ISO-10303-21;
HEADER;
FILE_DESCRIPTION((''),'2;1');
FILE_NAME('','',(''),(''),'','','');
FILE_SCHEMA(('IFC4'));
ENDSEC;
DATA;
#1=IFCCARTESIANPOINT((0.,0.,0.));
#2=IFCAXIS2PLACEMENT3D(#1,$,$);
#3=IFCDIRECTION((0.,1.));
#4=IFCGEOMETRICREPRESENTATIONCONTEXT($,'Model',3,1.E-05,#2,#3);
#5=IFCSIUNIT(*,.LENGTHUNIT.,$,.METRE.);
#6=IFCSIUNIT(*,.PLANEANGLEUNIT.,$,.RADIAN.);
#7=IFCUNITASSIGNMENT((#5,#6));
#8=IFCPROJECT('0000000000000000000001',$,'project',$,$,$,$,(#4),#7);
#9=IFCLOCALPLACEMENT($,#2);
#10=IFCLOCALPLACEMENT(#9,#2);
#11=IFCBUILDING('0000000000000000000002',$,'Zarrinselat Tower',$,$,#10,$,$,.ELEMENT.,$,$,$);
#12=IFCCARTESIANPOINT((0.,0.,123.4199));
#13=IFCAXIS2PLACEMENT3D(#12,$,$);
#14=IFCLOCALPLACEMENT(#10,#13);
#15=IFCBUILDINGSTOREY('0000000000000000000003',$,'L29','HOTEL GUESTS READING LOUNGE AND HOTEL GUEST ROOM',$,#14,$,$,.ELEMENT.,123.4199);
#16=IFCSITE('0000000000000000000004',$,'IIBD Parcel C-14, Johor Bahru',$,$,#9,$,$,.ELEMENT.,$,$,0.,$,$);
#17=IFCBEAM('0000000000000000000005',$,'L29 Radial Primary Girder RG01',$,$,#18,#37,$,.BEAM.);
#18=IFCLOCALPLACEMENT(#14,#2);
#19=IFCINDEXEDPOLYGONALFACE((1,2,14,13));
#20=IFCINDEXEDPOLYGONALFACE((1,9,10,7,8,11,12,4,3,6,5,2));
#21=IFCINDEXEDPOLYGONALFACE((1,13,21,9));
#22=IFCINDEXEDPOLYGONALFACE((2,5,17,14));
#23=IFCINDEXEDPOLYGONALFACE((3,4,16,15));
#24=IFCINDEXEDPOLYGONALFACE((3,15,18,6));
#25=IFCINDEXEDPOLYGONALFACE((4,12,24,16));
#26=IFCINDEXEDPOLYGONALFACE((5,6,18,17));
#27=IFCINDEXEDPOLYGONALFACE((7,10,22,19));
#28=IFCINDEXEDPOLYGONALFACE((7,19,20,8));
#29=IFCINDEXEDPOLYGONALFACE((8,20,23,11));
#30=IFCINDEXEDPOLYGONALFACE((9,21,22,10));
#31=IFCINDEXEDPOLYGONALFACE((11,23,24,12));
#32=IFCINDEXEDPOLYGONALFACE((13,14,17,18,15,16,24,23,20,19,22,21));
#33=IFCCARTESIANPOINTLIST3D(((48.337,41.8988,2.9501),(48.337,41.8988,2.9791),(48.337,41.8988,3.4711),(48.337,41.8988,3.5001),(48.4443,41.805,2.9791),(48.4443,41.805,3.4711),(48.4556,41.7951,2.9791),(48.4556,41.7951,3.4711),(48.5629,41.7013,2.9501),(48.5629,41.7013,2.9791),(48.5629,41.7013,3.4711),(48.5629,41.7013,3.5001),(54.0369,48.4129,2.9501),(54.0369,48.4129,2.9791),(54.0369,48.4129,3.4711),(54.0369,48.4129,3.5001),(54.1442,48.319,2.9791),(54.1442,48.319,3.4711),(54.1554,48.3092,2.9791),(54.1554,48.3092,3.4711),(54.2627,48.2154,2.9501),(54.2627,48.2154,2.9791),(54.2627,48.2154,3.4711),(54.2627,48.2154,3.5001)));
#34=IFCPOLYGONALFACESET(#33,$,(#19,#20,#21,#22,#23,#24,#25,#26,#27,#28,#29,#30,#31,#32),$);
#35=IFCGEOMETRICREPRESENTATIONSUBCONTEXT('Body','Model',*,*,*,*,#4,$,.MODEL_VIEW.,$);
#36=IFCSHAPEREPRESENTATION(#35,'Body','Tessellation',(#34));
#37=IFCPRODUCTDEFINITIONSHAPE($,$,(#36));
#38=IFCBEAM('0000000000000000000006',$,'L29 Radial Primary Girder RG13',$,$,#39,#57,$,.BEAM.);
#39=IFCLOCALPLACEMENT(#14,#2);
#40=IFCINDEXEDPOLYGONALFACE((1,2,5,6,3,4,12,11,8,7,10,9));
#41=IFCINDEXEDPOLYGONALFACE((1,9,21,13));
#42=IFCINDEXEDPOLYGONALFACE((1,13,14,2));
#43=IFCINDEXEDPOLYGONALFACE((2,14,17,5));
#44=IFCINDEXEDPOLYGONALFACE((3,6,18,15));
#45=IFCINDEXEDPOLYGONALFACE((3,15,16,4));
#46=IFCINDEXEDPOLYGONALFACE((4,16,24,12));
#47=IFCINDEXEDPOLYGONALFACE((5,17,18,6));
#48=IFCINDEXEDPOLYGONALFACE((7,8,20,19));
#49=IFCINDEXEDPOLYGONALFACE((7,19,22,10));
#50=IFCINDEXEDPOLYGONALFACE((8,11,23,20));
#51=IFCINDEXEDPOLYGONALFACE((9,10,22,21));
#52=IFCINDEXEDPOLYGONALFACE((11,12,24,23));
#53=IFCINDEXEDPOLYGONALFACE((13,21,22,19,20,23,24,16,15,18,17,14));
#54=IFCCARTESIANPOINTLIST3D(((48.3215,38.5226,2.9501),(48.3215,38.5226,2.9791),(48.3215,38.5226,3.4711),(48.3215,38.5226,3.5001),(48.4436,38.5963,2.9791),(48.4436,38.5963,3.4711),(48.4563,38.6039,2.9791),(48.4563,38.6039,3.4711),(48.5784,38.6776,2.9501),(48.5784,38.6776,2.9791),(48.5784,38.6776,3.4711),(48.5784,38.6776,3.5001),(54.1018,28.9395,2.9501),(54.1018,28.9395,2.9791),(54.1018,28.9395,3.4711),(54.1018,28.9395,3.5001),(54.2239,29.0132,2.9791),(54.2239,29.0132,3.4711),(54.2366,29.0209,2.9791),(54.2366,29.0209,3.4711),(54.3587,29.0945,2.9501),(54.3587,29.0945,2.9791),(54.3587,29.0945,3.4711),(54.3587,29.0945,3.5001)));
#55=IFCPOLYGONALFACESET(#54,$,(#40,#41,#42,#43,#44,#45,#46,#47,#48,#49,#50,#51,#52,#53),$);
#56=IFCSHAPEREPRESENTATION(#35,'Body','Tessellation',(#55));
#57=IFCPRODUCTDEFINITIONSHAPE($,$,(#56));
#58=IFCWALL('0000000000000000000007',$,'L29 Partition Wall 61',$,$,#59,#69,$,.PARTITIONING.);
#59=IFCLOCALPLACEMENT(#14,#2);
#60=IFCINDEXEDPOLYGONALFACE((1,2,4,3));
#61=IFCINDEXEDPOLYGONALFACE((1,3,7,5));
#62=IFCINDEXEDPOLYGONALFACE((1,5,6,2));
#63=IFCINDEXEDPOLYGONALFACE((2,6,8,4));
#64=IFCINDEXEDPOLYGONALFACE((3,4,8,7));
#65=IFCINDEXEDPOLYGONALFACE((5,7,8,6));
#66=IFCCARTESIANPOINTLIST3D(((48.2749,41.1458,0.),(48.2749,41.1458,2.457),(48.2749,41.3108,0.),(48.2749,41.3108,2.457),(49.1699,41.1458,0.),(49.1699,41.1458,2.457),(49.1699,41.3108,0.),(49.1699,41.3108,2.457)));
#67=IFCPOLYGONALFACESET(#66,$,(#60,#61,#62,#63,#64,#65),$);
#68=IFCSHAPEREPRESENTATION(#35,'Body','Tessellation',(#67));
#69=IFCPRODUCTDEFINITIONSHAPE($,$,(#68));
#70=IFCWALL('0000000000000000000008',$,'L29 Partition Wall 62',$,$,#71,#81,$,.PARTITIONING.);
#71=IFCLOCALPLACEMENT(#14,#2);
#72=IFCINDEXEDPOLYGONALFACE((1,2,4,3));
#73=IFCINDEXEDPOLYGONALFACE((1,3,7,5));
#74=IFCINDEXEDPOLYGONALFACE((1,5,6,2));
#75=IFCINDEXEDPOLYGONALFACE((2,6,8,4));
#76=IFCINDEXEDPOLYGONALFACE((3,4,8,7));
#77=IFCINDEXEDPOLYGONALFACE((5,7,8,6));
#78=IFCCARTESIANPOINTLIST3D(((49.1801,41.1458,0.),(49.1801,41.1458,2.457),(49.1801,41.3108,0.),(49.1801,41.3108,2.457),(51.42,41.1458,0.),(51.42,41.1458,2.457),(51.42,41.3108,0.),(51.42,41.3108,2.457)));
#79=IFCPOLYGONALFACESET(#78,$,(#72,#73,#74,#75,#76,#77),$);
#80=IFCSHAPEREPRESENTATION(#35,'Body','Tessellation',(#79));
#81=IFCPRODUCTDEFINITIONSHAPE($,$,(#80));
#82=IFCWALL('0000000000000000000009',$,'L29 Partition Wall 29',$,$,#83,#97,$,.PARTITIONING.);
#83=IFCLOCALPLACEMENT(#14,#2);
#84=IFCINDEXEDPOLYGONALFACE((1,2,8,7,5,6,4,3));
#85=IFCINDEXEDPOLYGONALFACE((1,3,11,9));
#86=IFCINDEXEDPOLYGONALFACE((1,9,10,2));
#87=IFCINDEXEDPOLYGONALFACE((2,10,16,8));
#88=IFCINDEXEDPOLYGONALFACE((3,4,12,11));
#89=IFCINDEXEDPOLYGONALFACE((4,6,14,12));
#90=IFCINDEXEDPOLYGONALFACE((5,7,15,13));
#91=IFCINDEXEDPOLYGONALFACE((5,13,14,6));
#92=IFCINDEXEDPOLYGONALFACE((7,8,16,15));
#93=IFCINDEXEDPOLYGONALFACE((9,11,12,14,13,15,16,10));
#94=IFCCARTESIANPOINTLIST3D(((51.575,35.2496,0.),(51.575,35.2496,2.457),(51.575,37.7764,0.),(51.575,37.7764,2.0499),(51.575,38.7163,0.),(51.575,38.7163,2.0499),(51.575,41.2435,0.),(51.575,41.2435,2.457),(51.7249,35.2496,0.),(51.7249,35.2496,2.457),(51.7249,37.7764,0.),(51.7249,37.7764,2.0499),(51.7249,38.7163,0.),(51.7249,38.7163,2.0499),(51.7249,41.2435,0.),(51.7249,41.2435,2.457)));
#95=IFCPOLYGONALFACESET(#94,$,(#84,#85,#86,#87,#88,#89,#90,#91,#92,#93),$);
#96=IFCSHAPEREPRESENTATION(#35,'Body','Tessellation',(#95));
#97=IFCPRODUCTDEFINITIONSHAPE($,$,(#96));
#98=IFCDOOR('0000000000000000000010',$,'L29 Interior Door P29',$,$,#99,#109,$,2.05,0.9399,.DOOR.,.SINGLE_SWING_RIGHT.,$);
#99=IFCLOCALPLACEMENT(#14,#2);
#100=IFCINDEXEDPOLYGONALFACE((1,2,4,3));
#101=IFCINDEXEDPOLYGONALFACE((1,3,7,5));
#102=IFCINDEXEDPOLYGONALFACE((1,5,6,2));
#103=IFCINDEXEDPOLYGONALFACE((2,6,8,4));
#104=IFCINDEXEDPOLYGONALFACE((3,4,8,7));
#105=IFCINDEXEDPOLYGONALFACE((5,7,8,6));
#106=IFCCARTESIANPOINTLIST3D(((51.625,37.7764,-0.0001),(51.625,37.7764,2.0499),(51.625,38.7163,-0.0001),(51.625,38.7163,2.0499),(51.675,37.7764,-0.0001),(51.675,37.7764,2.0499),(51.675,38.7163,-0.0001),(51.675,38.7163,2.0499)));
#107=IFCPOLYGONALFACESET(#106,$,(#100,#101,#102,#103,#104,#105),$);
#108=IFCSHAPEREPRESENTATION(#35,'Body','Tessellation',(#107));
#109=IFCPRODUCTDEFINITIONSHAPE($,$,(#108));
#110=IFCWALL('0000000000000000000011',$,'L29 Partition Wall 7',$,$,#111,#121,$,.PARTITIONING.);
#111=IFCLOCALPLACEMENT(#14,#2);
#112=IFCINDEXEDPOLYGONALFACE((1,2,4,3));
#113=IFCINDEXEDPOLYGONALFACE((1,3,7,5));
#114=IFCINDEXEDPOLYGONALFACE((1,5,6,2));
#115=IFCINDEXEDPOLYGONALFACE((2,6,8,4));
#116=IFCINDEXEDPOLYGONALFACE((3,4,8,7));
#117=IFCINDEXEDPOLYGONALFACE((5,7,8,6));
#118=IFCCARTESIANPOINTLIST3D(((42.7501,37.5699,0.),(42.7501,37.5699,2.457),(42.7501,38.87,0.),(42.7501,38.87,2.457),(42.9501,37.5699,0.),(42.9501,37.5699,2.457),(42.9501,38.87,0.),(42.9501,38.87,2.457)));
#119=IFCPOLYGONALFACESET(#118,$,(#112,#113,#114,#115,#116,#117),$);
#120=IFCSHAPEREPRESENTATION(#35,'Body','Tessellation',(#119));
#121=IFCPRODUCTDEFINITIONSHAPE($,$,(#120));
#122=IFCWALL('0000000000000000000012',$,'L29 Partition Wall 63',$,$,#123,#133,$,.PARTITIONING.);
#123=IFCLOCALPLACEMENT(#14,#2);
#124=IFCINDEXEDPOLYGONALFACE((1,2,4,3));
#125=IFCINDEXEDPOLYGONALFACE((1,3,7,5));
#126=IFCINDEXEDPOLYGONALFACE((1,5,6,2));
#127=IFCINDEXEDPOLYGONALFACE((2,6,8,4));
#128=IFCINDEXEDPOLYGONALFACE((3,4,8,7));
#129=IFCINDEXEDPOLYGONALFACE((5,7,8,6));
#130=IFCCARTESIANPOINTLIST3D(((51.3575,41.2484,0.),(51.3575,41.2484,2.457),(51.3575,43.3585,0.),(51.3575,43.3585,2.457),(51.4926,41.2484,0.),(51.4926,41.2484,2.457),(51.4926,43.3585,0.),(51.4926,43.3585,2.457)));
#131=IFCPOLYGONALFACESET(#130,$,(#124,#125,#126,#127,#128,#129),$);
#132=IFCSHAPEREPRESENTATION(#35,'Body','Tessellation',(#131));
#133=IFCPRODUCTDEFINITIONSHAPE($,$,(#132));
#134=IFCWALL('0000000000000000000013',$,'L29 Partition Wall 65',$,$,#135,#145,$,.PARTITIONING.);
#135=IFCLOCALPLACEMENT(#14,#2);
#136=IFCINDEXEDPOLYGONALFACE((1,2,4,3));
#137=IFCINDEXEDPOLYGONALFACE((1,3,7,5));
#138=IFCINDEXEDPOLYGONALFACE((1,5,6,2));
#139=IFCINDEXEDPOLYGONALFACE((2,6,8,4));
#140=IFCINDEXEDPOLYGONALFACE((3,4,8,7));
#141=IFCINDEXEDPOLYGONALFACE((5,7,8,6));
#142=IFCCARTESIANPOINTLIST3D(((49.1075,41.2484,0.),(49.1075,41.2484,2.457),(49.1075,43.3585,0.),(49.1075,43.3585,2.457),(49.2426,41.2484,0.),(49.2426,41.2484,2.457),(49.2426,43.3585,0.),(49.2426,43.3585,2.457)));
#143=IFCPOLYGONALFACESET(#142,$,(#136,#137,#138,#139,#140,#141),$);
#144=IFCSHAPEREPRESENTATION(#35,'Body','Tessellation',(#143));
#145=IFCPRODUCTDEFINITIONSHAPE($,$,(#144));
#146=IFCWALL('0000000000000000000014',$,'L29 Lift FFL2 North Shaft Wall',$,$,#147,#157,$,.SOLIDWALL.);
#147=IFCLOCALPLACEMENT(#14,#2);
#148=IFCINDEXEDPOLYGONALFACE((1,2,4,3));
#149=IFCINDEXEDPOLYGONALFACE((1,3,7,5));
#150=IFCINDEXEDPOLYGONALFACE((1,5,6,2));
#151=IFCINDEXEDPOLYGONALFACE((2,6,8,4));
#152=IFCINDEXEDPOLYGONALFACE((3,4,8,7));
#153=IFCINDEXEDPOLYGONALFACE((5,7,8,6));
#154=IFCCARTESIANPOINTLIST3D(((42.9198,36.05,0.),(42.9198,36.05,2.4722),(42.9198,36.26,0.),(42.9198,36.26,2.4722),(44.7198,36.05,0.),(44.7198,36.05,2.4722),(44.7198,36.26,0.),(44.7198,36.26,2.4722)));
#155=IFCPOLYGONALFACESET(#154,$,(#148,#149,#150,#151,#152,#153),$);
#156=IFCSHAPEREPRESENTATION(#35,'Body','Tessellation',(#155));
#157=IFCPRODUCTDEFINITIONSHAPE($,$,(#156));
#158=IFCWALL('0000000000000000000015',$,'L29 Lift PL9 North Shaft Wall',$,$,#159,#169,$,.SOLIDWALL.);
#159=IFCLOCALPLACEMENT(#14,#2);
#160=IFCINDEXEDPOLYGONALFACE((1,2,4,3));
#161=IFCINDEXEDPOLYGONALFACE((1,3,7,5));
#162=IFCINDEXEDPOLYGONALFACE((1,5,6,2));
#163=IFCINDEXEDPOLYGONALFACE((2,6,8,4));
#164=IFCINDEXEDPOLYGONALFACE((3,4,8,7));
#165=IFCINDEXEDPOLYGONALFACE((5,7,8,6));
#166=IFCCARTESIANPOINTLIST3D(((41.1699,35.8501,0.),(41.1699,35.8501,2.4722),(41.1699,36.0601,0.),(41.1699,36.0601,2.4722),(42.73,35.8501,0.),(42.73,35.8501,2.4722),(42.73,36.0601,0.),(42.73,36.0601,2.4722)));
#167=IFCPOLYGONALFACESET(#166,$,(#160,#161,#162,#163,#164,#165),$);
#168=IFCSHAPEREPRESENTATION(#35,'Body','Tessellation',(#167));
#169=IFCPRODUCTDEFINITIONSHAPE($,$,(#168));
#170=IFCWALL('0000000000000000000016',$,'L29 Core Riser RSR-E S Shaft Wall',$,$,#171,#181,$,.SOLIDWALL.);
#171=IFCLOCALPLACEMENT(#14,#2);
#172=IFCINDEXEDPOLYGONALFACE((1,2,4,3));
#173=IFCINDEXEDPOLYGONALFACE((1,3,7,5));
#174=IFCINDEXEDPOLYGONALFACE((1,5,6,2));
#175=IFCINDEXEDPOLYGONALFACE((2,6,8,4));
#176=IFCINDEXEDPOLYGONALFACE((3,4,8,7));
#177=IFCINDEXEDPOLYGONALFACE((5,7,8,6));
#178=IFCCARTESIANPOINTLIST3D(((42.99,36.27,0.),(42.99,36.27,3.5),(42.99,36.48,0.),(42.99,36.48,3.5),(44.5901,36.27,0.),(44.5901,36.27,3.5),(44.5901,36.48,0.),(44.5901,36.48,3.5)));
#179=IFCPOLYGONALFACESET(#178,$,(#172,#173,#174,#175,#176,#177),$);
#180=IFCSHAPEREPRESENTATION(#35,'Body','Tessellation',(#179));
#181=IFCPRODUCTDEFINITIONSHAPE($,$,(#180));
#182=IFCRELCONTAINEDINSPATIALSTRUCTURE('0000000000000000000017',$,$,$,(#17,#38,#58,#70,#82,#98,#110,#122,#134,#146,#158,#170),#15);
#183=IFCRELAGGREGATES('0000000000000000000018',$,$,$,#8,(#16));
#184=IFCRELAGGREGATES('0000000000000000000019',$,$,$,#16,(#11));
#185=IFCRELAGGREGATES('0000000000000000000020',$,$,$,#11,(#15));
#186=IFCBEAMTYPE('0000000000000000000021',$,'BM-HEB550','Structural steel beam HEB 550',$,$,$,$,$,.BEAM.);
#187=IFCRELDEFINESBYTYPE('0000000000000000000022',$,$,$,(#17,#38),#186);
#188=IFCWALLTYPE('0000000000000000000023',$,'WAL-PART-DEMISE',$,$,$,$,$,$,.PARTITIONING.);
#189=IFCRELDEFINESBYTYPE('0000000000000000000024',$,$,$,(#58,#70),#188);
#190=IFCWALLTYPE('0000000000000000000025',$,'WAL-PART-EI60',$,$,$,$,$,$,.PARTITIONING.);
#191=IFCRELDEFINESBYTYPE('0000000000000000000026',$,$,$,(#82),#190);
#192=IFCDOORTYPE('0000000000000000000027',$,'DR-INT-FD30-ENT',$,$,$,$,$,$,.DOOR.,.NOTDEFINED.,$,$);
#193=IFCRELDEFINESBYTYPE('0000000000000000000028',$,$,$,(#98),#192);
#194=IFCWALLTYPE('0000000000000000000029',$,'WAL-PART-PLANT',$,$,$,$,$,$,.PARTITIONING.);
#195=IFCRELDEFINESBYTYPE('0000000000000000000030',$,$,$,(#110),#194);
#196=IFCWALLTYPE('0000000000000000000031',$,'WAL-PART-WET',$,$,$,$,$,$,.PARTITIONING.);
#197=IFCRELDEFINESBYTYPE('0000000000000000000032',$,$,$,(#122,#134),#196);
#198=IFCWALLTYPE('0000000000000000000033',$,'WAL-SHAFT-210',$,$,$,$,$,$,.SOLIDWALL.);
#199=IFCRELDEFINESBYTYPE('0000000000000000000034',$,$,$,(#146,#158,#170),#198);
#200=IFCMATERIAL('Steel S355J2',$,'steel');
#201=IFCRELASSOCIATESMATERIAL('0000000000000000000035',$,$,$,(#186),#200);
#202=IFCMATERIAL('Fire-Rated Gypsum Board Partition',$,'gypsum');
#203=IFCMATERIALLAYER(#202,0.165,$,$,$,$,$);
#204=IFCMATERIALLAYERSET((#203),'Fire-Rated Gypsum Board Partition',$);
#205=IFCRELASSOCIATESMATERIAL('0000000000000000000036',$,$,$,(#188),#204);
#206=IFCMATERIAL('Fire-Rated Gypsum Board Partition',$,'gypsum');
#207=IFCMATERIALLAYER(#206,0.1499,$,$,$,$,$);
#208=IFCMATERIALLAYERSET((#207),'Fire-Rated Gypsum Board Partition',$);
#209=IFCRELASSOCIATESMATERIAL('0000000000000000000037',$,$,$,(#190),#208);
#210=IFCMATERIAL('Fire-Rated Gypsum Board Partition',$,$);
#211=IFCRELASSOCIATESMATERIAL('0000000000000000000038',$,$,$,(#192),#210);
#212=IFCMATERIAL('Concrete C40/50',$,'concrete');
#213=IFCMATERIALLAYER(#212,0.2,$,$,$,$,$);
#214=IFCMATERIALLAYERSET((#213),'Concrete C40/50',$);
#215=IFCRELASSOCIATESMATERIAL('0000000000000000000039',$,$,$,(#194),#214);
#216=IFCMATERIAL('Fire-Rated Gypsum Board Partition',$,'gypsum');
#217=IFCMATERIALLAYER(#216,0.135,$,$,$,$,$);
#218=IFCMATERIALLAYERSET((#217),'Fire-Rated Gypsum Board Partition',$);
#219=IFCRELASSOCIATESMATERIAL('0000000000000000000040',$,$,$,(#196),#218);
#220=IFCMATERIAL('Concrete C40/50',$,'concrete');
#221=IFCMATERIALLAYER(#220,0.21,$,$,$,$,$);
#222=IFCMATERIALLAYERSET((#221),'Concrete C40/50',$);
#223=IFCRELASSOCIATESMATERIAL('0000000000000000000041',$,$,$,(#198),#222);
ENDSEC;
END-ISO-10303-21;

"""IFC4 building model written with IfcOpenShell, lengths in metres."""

from ifc_helpers import new_model, si_unit, direction, frame, frame_2d, origin, origin_2d, place, context, subcontext, project, spatial, rectangle, i_section, extrude, material, layer, layer_set, material_profile, profile_set, type_object, element, fill, save


model = new_model("IFC4")

# Units and contexts
model_context = context("Model", 3, precision=1e-05, world=origin(), true_north=direction((0.0, 1.0)))
body_context = subcontext(model_context, "Body", "Model", "MODEL_VIEW")
ifc_project = project(units=[si_unit("LENGTHUNIT", "METRE"), si_unit("PLANEANGLEUNIT", "RADIAN")], contexts=[model_context])

# Site, building, storey
site_placement = place(None, origin())
site = spatial("IfcSite", under=ifc_project, at=site_placement, Name="IIBD Parcel C-14, Johor Bahru", CompositionType="ELEMENT", RefElevation=0.0)
building_placement = place(site_placement, origin())
building = spatial("IfcBuilding", under=site, at=building_placement, Name="Zarrinselat Tower", CompositionType="ELEMENT")
storey_placement = place(building_placement, frame((0.0, 0.0, 123.4199)))
storey = spatial("IfcBuildingStorey", under=building, at=storey_placement, Name="L29", Description="HOTEL GUESTS READING LOUNGE AND HOTEL GUEST ROOM", CompositionType="ELEMENT", Elevation=123.4199)

# Beams
ifc_material_1 = material(Name="Steel S355J2", Category="steel")
ifc_material_profile = material_profile(ifc_material_1, i_section(OverallWidth=0.3, OverallDepth=0.55, WebThickness=0.0149, FlangeThickness=0.0291, at=origin_2d()), Name="HEB 550")
ifc_profile_set = profile_set([ifc_material_profile], Name="Steel S355J2")
beam_type = type_object("IfcBeamType", Name="BM-HEB550", Description="Structural steel beam HEB 550", PredefinedType="BEAM", material=ifc_profile_set)
beam_1_placement = place(storey_placement, frame((48.45, 41.8, 3.2251), z_axis=(0.658509, 0.752573, 0.0), x_axis=(-0.752573, 0.658509, 0.0)))
element("IfcBeam", 1, at=beam_1_placement, inside=storey, type_object=beam_type, Name="L29 Radial Primary Girder RG01", PredefinedType="BEAM", context=body_context, shape_type="SweptSolid", body=[
    extrude(i_section(OverallWidth=0.3, OverallDepth=0.55, WebThickness=0.0149, FlangeThickness=0.0291, at=origin_2d()), origin(), (0.0, 0.0, 1.0), 8.6558),
])
beam_2_placement = place(storey_placement, frame((48.45, 38.6001, 3.2251), z_axis=(0.516496, -0.856289, 0.0), x_axis=(0.856289, 0.516496, 0.0)))
element("IfcBeam", 2, at=beam_2_placement, inside=storey, type_object=beam_type, Name="L29 Radial Primary Girder RG13", PredefinedType="BEAM", context=body_context, shape_type="SweptSolid", body=[
    extrude(i_section(OverallWidth=0.3, OverallDepth=0.55, WebThickness=0.0149, FlangeThickness=0.0291, at=origin_2d()), origin(), (0.0, 0.0, 1.0), 11.1914),
])

# Walls
ifc_material_2 = material(Name="Fire-Rated Gypsum Board Partition", Category="gypsum")
ifc_layer_1 = layer(ifc_material_2, 0.165)
ifc_layer_set_1 = layer_set([ifc_layer_1], Name="Fire-Rated Gypsum Board Partition")
wall_type_1 = type_object("IfcWallType", Name="WAL-PART-DEMISE", PredefinedType="PARTITIONING", material=ifc_layer_set_1)
wall_1_placement = place(storey_placement, frame((48.2749, 41.2283, 0.0), z_axis=(0.0, 0.0, 1.0), x_axis=(1.0, 0.0, 0.0)))
element("IfcWall", 3, at=wall_1_placement, inside=storey, type_object=wall_type_1, Name="L29 Partition Wall 61", PredefinedType="PARTITIONING", context=body_context, shape_type="SweptSolid", body=[
    extrude(rectangle(XDim=0.895, YDim=0.165, at=frame_2d((0.4475, 0.0))), origin(), (0.0, 0.0, 1.0), 2.457),
])
wall_2_placement = place(storey_placement, frame((49.1799, 41.2283, 0.0), z_axis=(0.0, 0.0, 1.0), x_axis=(1.0, 0.0, 0.0)))
element("IfcWall", 4, at=wall_2_placement, inside=storey, type_object=wall_type_1, Name="L29 Partition Wall 62", PredefinedType="PARTITIONING", context=body_context, shape_type="SweptSolid", body=[
    extrude(rectangle(XDim=2.24, YDim=0.165, at=frame_2d((1.1201, 0.0))), origin(), (0.0, 0.0, 1.0), 2.457),
])

# Wall, opening, door
ifc_material_3 = material(Name="Fire-Rated Gypsum Board Partition", Category="gypsum")
ifc_layer_2 = layer(ifc_material_3, 0.1499)
ifc_layer_set_2 = layer_set([ifc_layer_2], Name="Fire-Rated Gypsum Board Partition")
wall_type_2 = type_object("IfcWallType", Name="WAL-PART-EI60", PredefinedType="PARTITIONING", material=ifc_layer_set_2)
wall_3_placement = place(storey_placement, frame((51.6499, 35.2495, 0.0), z_axis=(0.0, 0.0, 1.0), x_axis=(0.0, 1.0, 0.0)))
wall_3 = element("IfcWall", 5, at=wall_3_placement, inside=storey, type_object=wall_type_2, Name="L29 Partition Wall 29", PredefinedType="PARTITIONING", context=body_context, shape_type="SweptSolid", body=[
    extrude(rectangle(XDim=5.9939, YDim=0.1499, at=frame_2d((2.9971, 0.0))), origin(), (0.0, 0.0, 1.0), 2.457),
])
opening_placement = place(wall_3_placement, frame((2.5269, 0.0, 0.0)))
opening = element("IfcOpeningElement", 6, at=opening_placement, cuts=wall_3, PredefinedType="OPENING", context=body_context, shape_type="SweptSolid", body=[
    extrude(rectangle(XDim=0.9399, YDim=2.05, at=frame_2d((0.47, 1.0249))), frame((0.0, 0.085, 0.0), z_axis=(0.0, -1.0, 0.0), x_axis=(1.0, 0.0, 0.0)), (0.0, 0.0, 1.0), 0.1699),
])
ifc_material_4 = material(Name="Fire-Rated Gypsum Board Partition")
door_type = type_object("IfcDoorType", Name="DR-INT-FD30-ENT", OperationType="NOTDEFINED", PredefinedType="DOOR", material=ifc_material_4)
door_placement = place(opening_placement, origin())
door = element("IfcDoor", 7, at=door_placement, inside=storey, type_object=door_type, Name="L29 Interior Door P29", OperationType="SINGLE_SWING_RIGHT", OverallHeight=2.05, OverallWidth=0.9399, PredefinedType="DOOR", context=body_context, shape_type="SweptSolid", body=[
    extrude(rectangle(XDim=0.9399, YDim=2.05, at=frame_2d((0.47, 1.0249))), frame((0.0, 0.0249, 0.0), z_axis=(0.0, -1.0, 0.0), x_axis=(1.0, 0.0, 0.0)), (0.0, 0.0, 1.0), 0.05),
])
fill(opening, door)

# Walls
ifc_material_5 = material(Name="Concrete C40/50", Category="concrete")
ifc_layer_3 = layer(ifc_material_5, 0.2)
ifc_layer_set_3 = layer_set([ifc_layer_3], Name="Concrete C40/50")
wall_type_3 = type_object("IfcWallType", Name="WAL-PART-PLANT", PredefinedType="PARTITIONING", material=ifc_layer_set_3)
wall_4_placement = place(storey_placement, frame((42.8501, 37.5701, 0.0), z_axis=(0.0, 0.0, 1.0), x_axis=(0.0, 1.0, 0.0)))
element("IfcWall", 8, at=wall_4_placement, inside=storey, type_object=wall_type_3, Name="L29 Partition Wall 7", PredefinedType="PARTITIONING", context=body_context, shape_type="SweptSolid", body=[
    extrude(rectangle(XDim=1.3, YDim=0.2, at=frame_2d((0.6499, 0.0))), origin(), (0.0, 0.0, 1.0), 2.457),
])
ifc_material_6 = material(Name="Fire-Rated Gypsum Board Partition", Category="gypsum")
ifc_layer_4 = layer(ifc_material_6, 0.135)
ifc_layer_set_4 = layer_set([ifc_layer_4], Name="Fire-Rated Gypsum Board Partition")
wall_type_4 = type_object("IfcWallType", Name="WAL-PART-WET", PredefinedType="PARTITIONING", material=ifc_layer_set_4)
for number, where, z_axis, x_axis, name in (
    (9, (51.425, 41.2483, 0.0), (0.0, 0.0, 1.0), (0.0, 1.0, 0.0), "L29 Partition Wall 63"),
    (10, (49.175, 41.2483, 0.0), (0.0, 0.0, 1.0), (0.0, 1.0, 0.0), "L29 Partition Wall 65"),
):
    element("IfcWall", number, at=place(storey_placement, frame(where, z_axis=z_axis, x_axis=x_axis)), inside=storey, type_object=wall_type_4, Name=name, PredefinedType="PARTITIONING", context=body_context, shape_type="SweptSolid", body=[
        extrude(rectangle(XDim=2.1101, YDim=0.135, at=frame_2d((1.0552, 0.0))), origin(), (0.0, 0.0, 1.0), 2.457),
    ])
ifc_material_7 = material(Name="Concrete C40/50", Category="concrete")
ifc_layer_5 = layer(ifc_material_7, 0.21)
ifc_layer_set_5 = layer_set([ifc_layer_5], Name="Concrete C40/50")
wall_type_5 = type_object("IfcWallType", Name="WAL-SHAFT-210", PredefinedType="SOLIDWALL", material=ifc_layer_set_5)
wall_5_placement = place(storey_placement, frame((42.9199, 36.155, 0.0), z_axis=(0.0, 0.0, 1.0), x_axis=(1.0, 0.0, 0.0)))
element("IfcWall", 11, at=wall_5_placement, inside=storey, type_object=wall_type_5, Name="L29 Lift FFL2 North Shaft Wall", PredefinedType="SOLIDWALL", context=body_context, shape_type="SweptSolid", body=[
    extrude(rectangle(XDim=1.8, YDim=0.21, at=frame_2d((0.8999, 0.0))), origin(), (0.0, 0.0, 1.0), 2.4722),
])
wall_6_placement = place(storey_placement, frame((41.1699, 35.9551, 0.0), z_axis=(0.0, 0.0, 1.0), x_axis=(1.0, 0.0, 0.0)))
element("IfcWall", 12, at=wall_6_placement, inside=storey, type_object=wall_type_5, Name="L29 Lift PL9 North Shaft Wall", PredefinedType="SOLIDWALL", context=body_context, shape_type="SweptSolid", body=[
    extrude(rectangle(XDim=1.5601, YDim=0.21, at=frame_2d((0.78, 0.0))), origin(), (0.0, 0.0, 1.0), 2.4722),
])
for number, where, z_axis, x_axis, name in (
    (13, (42.99, 36.375, 0.0), (0.0, 0.0, 1.0), (1.0, 0.0, 0.0), "L29 Core Riser RSR-E S Shaft Wall"),
):
    element("IfcWall", number, at=place(storey_placement, frame(where, z_axis=z_axis, x_axis=x_axis)), inside=storey, type_object=wall_type_5, Name=name, PredefinedType="SOLIDWALL", context=body_context, shape_type="SweptSolid", body=[
        extrude(rectangle(XDim=1.6001, YDim=0.21, at=frame_2d((0.8, 0.0))), origin(), (0.0, 0.0, 1.0), 3.5),
    ])

save(model, "model.ifc")
